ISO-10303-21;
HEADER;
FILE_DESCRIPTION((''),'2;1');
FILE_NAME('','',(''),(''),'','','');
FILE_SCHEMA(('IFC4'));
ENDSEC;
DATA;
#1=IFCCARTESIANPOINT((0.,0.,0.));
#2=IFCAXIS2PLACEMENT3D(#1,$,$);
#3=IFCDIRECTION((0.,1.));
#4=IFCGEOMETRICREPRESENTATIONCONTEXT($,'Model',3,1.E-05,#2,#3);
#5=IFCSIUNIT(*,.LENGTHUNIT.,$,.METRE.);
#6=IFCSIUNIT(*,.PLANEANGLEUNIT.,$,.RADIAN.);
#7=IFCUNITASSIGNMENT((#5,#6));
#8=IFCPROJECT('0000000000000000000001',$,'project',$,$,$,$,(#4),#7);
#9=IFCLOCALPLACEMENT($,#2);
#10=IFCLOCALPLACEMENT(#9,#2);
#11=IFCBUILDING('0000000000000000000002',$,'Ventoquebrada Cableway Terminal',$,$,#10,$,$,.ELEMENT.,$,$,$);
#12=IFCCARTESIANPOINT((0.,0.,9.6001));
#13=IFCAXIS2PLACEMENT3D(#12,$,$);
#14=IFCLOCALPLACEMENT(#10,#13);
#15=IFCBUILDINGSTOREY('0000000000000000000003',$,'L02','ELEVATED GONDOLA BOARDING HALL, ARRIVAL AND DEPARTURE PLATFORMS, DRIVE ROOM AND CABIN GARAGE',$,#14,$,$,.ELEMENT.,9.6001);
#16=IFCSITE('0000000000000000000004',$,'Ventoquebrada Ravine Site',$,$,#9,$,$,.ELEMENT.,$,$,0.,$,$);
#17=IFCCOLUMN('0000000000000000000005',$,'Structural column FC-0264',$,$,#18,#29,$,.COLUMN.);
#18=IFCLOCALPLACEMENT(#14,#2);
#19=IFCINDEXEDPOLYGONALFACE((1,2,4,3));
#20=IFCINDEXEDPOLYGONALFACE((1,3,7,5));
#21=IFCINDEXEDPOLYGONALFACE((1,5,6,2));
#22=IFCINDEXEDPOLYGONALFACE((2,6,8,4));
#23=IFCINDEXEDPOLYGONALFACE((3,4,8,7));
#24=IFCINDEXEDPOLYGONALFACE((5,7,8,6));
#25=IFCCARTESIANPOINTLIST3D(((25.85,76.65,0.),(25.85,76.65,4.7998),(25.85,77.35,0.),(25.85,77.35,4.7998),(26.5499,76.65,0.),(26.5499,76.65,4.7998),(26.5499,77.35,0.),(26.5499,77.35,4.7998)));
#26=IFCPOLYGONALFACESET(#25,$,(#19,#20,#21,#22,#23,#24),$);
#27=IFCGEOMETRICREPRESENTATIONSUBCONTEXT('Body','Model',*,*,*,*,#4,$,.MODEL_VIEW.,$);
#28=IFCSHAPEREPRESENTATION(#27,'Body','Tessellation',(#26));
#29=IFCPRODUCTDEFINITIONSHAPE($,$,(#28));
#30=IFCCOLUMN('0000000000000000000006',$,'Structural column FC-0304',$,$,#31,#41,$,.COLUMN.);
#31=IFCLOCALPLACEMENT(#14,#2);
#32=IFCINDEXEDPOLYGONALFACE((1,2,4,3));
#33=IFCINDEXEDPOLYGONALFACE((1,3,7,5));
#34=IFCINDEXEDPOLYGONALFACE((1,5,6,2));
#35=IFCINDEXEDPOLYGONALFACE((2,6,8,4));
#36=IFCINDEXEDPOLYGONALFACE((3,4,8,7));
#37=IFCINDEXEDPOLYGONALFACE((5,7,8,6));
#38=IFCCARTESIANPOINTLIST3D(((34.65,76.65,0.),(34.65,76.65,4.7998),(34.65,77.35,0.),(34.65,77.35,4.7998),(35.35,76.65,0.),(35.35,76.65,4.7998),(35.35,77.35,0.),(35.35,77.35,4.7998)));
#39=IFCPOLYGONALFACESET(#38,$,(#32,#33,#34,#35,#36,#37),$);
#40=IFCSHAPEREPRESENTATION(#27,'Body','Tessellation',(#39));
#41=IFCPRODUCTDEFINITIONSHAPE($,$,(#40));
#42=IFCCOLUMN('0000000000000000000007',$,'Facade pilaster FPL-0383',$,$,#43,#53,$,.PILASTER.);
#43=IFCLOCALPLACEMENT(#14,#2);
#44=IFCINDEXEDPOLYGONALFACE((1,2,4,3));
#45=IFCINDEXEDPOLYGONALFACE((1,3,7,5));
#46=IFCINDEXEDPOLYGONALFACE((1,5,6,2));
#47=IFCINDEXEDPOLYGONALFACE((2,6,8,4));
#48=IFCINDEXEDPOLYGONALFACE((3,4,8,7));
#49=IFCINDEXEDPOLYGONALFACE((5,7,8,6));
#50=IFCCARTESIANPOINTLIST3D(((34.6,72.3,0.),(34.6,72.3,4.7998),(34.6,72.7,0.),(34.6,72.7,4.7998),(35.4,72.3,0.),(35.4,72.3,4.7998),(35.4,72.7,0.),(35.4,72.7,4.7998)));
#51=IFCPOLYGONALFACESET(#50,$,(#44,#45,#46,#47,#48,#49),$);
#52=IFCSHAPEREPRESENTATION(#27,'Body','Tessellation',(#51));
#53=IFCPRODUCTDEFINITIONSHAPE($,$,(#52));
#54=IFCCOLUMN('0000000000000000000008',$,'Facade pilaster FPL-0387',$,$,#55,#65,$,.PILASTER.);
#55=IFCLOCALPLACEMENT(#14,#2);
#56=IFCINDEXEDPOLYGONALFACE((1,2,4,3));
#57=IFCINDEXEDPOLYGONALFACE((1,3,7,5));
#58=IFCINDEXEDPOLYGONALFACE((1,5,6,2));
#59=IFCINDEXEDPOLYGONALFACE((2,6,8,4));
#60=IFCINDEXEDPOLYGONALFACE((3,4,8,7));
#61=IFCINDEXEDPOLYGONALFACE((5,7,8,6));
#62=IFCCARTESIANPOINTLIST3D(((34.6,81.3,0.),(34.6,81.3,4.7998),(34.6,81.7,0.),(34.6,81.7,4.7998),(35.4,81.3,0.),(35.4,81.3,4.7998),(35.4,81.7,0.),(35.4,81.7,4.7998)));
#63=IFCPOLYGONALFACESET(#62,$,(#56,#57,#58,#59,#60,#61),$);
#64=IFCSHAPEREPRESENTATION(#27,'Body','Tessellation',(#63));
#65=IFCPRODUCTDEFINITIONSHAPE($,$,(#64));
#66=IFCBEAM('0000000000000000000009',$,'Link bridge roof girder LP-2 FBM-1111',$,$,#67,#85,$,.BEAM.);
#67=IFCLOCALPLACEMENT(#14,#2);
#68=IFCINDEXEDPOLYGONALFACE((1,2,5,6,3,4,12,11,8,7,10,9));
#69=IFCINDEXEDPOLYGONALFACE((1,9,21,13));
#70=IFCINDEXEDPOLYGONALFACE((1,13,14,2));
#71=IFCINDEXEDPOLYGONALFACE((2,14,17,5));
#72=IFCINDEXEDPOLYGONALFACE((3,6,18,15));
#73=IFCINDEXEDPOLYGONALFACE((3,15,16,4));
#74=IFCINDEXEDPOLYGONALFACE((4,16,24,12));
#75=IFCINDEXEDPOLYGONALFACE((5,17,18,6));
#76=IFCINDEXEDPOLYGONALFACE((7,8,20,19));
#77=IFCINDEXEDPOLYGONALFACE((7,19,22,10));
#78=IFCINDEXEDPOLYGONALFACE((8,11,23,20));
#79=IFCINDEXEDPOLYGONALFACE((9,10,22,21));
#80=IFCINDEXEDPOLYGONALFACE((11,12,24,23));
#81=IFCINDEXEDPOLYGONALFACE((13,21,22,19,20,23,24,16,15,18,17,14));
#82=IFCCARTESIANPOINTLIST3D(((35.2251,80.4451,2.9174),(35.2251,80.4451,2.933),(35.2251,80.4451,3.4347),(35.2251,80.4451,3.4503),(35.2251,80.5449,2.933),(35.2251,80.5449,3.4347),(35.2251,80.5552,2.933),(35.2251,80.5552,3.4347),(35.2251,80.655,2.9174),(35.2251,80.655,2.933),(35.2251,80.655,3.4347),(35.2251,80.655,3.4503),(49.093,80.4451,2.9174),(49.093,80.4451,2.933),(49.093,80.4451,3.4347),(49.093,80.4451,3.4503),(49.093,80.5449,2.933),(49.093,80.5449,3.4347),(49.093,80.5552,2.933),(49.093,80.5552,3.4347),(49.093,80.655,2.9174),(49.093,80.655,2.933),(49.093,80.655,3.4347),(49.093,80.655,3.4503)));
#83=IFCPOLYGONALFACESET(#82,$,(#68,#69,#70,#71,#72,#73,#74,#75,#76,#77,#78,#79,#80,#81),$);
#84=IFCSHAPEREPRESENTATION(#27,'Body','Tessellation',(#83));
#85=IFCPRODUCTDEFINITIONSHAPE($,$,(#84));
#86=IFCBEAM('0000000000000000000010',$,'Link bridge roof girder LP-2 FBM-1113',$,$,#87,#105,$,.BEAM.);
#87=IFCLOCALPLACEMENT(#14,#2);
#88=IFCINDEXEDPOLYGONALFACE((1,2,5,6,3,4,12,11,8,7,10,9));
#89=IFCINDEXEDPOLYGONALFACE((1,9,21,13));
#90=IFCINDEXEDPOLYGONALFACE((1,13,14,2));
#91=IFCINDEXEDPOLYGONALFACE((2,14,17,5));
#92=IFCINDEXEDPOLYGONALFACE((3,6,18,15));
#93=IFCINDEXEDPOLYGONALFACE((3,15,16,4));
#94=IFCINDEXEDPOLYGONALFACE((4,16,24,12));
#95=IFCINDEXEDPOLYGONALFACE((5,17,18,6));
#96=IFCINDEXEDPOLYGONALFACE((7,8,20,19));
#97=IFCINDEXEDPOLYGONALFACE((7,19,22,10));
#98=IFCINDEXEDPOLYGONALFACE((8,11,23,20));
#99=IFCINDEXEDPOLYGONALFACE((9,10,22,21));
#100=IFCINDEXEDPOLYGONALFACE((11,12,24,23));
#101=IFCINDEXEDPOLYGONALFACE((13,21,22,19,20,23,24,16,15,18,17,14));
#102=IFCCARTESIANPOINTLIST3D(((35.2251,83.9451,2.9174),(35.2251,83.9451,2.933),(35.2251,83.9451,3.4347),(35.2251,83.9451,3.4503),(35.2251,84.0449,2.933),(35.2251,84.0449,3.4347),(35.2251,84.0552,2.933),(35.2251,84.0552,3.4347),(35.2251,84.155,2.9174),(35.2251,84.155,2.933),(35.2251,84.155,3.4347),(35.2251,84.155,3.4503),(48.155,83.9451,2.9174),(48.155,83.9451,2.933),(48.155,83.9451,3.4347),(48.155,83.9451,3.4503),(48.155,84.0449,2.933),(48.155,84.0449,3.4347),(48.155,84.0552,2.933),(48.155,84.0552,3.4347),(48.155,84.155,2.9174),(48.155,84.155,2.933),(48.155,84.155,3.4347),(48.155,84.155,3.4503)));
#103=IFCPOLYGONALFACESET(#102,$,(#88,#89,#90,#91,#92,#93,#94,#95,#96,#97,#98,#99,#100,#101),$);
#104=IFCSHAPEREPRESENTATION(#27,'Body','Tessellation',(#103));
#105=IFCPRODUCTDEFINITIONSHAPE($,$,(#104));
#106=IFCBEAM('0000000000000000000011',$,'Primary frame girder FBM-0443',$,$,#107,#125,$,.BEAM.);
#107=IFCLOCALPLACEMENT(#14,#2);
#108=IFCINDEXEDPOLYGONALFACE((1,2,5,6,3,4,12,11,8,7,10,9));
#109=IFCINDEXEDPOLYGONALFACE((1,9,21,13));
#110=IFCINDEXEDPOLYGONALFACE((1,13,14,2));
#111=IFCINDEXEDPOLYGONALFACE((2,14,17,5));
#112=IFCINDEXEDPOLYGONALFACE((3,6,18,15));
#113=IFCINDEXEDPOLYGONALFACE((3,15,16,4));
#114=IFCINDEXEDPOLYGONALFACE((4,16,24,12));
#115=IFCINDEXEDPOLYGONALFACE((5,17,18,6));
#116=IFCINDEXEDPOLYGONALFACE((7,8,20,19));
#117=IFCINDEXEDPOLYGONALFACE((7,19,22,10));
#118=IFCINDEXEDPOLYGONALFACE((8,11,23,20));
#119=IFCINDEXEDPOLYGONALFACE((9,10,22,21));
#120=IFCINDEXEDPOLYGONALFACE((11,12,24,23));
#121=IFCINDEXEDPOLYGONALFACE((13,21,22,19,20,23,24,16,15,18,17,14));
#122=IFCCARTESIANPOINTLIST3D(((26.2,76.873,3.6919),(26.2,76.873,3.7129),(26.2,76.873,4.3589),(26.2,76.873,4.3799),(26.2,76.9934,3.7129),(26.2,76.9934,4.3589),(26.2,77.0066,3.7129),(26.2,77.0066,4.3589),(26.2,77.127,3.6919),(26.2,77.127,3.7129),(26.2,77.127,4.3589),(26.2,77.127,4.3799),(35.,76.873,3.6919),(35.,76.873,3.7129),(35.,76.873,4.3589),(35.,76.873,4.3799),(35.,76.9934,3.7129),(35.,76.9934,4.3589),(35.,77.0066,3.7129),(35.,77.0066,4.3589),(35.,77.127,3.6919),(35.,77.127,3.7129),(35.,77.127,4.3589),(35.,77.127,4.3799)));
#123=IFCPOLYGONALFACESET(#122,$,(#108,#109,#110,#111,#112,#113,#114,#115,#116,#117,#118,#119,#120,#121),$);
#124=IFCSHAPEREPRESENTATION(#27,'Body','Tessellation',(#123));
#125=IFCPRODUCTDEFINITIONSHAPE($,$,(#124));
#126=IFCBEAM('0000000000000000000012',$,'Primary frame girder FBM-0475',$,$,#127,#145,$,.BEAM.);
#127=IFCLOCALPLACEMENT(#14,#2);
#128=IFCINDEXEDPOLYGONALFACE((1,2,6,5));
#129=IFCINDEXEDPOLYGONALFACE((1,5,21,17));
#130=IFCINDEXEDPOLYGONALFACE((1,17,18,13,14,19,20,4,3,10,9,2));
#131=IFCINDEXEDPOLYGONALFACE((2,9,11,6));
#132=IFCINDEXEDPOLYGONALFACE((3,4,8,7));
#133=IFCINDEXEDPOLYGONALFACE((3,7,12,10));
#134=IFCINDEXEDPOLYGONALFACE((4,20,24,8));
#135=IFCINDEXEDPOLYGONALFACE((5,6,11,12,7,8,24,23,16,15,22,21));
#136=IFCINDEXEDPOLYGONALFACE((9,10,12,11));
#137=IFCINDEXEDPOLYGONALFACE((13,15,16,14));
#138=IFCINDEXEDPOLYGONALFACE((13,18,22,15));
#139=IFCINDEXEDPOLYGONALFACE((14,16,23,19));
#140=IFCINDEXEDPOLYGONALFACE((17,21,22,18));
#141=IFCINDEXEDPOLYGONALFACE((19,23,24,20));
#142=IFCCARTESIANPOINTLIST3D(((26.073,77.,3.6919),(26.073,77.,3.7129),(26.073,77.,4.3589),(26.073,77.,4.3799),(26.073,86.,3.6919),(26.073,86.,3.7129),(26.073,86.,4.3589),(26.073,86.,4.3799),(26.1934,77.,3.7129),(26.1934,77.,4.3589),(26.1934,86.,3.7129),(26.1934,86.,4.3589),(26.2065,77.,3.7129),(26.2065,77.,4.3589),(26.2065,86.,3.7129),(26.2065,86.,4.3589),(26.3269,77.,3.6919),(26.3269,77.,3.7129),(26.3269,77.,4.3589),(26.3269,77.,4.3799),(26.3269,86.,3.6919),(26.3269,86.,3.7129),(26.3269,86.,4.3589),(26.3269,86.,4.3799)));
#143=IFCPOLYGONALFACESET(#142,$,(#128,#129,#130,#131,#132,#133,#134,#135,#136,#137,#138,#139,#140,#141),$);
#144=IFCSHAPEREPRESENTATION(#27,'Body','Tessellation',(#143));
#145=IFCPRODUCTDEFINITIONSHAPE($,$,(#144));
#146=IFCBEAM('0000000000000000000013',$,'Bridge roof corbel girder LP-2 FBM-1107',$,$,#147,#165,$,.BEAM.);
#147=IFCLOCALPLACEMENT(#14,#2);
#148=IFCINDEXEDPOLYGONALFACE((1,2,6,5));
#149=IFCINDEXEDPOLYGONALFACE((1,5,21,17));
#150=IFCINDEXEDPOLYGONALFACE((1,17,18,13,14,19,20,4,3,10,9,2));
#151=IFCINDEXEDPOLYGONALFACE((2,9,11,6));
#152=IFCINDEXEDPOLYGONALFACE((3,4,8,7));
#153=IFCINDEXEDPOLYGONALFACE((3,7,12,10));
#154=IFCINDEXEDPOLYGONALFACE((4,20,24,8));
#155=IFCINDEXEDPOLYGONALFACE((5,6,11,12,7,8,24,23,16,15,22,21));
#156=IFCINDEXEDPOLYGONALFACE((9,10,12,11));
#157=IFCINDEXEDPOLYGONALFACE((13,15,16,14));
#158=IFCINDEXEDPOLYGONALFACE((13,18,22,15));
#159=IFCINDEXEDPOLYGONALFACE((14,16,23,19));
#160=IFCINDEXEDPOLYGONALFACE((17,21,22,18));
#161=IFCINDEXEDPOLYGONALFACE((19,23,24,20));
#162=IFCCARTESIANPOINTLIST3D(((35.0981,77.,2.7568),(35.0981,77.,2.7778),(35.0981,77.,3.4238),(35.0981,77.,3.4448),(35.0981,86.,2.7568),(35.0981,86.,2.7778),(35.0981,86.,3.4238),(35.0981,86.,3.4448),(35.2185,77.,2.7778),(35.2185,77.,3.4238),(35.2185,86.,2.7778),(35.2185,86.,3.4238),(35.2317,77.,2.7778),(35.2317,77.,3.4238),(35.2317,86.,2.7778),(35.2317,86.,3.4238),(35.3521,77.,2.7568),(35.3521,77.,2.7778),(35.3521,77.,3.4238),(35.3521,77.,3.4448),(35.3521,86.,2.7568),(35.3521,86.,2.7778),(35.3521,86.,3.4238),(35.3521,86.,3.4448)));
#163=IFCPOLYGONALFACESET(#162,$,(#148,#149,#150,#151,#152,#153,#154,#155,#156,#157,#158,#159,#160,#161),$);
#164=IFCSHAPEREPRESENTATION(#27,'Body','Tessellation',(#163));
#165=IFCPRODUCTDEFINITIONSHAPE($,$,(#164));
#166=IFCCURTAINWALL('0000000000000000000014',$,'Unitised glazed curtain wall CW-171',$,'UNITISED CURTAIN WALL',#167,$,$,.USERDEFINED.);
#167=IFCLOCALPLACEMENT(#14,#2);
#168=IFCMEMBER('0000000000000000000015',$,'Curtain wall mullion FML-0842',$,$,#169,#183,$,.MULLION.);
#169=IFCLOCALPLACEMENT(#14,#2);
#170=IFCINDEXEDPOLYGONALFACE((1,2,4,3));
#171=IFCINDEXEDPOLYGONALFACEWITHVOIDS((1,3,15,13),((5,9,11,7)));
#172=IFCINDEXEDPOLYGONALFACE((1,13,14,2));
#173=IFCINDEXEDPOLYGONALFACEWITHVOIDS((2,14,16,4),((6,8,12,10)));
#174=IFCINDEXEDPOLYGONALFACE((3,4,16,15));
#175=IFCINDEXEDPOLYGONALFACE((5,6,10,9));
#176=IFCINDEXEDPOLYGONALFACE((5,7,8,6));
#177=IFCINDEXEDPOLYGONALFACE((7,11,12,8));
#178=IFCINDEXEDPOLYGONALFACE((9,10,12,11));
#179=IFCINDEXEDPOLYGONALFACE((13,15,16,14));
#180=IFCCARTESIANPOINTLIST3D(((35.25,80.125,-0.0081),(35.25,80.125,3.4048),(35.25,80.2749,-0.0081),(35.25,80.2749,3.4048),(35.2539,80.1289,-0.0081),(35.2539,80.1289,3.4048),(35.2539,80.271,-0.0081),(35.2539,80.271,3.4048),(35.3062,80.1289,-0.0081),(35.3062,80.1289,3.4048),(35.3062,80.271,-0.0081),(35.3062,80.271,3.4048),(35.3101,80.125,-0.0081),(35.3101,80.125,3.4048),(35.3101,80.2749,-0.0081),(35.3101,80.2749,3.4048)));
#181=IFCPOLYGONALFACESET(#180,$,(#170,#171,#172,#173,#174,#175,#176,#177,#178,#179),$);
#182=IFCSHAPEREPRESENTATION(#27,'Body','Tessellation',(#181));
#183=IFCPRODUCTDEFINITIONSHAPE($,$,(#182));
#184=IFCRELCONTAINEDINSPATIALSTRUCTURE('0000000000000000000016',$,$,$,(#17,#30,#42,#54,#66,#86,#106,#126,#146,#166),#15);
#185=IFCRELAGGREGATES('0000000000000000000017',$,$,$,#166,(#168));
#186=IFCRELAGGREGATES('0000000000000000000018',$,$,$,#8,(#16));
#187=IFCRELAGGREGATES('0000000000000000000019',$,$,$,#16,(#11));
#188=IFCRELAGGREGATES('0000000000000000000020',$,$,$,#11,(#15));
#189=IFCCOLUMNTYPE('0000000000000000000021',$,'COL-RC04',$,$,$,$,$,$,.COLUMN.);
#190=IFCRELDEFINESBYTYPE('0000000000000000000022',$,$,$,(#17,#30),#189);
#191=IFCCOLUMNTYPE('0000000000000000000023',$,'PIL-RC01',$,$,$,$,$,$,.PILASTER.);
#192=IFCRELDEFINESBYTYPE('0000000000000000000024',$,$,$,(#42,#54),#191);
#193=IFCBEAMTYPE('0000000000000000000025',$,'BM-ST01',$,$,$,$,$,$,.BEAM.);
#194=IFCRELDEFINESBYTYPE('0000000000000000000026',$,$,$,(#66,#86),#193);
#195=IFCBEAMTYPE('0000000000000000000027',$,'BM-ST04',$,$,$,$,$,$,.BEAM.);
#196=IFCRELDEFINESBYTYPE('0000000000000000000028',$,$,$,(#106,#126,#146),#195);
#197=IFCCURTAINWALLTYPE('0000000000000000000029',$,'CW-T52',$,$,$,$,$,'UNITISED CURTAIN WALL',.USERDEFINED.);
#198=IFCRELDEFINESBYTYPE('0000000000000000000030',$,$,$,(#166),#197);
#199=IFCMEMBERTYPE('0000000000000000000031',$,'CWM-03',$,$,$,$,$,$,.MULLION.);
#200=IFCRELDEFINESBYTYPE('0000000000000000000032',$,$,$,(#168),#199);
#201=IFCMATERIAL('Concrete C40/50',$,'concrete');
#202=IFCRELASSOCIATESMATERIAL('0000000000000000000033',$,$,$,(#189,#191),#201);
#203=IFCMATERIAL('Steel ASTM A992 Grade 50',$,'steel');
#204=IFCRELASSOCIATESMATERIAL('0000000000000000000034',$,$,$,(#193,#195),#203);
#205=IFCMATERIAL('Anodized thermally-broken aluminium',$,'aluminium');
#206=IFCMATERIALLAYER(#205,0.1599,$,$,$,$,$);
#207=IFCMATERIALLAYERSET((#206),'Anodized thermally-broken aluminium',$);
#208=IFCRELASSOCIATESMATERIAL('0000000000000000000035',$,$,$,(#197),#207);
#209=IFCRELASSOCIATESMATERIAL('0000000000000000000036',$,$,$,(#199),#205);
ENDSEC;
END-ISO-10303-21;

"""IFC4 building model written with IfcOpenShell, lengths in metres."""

from ifc_helpers import new_model, si_unit, direction, frame, origin, origin_2d, place, context, subcontext, project, spatial, rectangle, hollow_rectangle, i_section, extrude, material, layer, layer_set, material_profile, profile_set, type_object, element, aggregate, save


model = new_model("IFC4")

# Units and contexts
model_context = context("Model", 3, precision=1e-05, world=origin(), true_north=direction((0.0, 1.0)))
body_context = subcontext(model_context, "Body", "Model", "MODEL_VIEW")
ifc_project = project(units=[si_unit("LENGTHUNIT", "METRE"), si_unit("PLANEANGLEUNIT", "RADIAN")], contexts=[model_context])

# Site, building, storey
site_placement = place(None, origin())
site = spatial("IfcSite", under=ifc_project, at=site_placement, Name="Ventoquebrada Ravine Site", CompositionType="ELEMENT", RefElevation=0.0)
building_placement = place(site_placement, origin())
building = spatial("IfcBuilding", under=site, at=building_placement, Name="Ventoquebrada Cableway Terminal", CompositionType="ELEMENT")
storey_placement = place(building_placement, frame((0.0, 0.0, 9.6001)))
storey = spatial("IfcBuildingStorey", under=building, at=storey_placement, Name="L02", Description="ELEVATED GONDOLA BOARDING HALL, ARRIVAL AND DEPARTURE PLATFORMS, DRIVE ROOM AND CABIN GARAGE", CompositionType="ELEMENT", Elevation=9.6001)

# Columns
ifc_material_1 = material(Name="Concrete C40/50", Category="concrete")
ifc_material_profile_1 = material_profile(ifc_material_1, rectangle(XDim=0.7, YDim=0.7, at=origin_2d()), Name="RC-COL-700X700")
ifc_profile_set_1 = profile_set([ifc_material_profile_1], Name="Concrete C40/50")
column_type_1 = type_object("IfcColumnType", Name="COL-RC04", PredefinedType="COLUMN", material=ifc_profile_set_1)
for number, where, z_axis, x_axis, name in (
    (1, (26.2, 77.0, 0.0), (0.0, 0.0, 1.0), (1.0, 0.0, 0.0), "Structural column FC-0264"),
    (2, (35.0, 77.0, 0.0), (0.0, 0.0, 1.0), (1.0, 0.0, 0.0), "Structural column FC-0304"),
):
    element("IfcColumn", number, at=place(storey_placement, frame(where, z_axis=z_axis, x_axis=x_axis)), inside=storey, type_object=column_type_1, Name=name, PredefinedType="COLUMN", context=body_context, shape_type="SweptSolid", body=[
        extrude(rectangle(XDim=0.7, YDim=0.7, at=origin_2d()), origin(), (0.0, 0.0, 1.0), 4.7998),
    ])
ifc_material_profile_2 = material_profile(ifc_material_1, rectangle(XDim=0.3999, YDim=0.8, at=origin_2d()), Name="RC-PIL-400X800")
ifc_profile_set_2 = profile_set([ifc_material_profile_2], Name="Concrete C40/50")
column_type_2 = type_object("IfcColumnType", Name="PIL-RC01", PredefinedType="PILASTER", material=ifc_profile_set_2)
for number, where, z_axis, x_axis, name in (
    (3, (35.0, 72.5, 0.0), (0.0, 0.0, 1.0), (0.0, 1.0, 0.0), "Facade pilaster FPL-0383"),
    (4, (35.0, 81.5, 0.0), (0.0, 0.0, 1.0), (0.0, 1.0, 0.0), "Facade pilaster FPL-0387"),
):
    element("IfcColumn", number, at=place(storey_placement, frame(where, z_axis=z_axis, x_axis=x_axis)), inside=storey, type_object=column_type_2, Name=name, PredefinedType="PILASTER", context=body_context, shape_type="SweptSolid", body=[
        extrude(rectangle(XDim=0.3999, YDim=0.8, at=origin_2d()), origin(), (0.0, 0.0, 1.0), 4.7998),
    ])

# Beams
ifc_material_2 = material(Name="Steel ASTM A992 Grade 50", Category="steel")
ifc_material_profile_3 = material_profile(ifc_material_2, i_section(OverallWidth=0.21, OverallDepth=0.533, WebThickness=0.0103, FlangeThickness=0.0156, at=origin_2d()), Name="W21X62")
ifc_profile_set_3 = profile_set([ifc_material_profile_3], Name="Steel ASTM A992 Grade 50")
beam_type_1 = type_object("IfcBeamType", Name="BM-ST01", PredefinedType="BEAM", material=ifc_profile_set_3)
beam_1_placement = place(storey_placement, frame((35.2251, 80.55, 3.1838), z_axis=(1.0, 0.0, 0.0), x_axis=(0.0, 1.0, 0.0)))
element("IfcBeam", 5, at=beam_1_placement, inside=storey, type_object=beam_type_1, Name="Link bridge roof girder LP-2 FBM-1111", PredefinedType="BEAM", context=body_context, shape_type="SweptSolid", body=[
    extrude(i_section(OverallWidth=0.21, OverallDepth=0.533, WebThickness=0.0103, FlangeThickness=0.0156, at=origin_2d()), origin(), (0.0, 0.0, 1.0), 13.8679),
])
beam_2_placement = place(storey_placement, frame((35.2251, 84.05, 3.1838), z_axis=(1.0, 0.0, 0.0), x_axis=(0.0, 1.0, 0.0)))
element("IfcBeam", 6, at=beam_2_placement, inside=storey, type_object=beam_type_1, Name="Link bridge roof girder LP-2 FBM-1113", PredefinedType="BEAM", context=body_context, shape_type="SweptSolid", body=[
    extrude(i_section(OverallWidth=0.21, OverallDepth=0.533, WebThickness=0.0103, FlangeThickness=0.0156, at=origin_2d()), origin(), (0.0, 0.0, 1.0), 12.9299),
])
ifc_material_profile_4 = material_profile(ifc_material_2, i_section(OverallWidth=0.2539, OverallDepth=0.688, WebThickness=0.0132, FlangeThickness=0.021, at=origin_2d()), Name="W27X102")
ifc_profile_set_4 = profile_set([ifc_material_profile_4], Name="Steel ASTM A992 Grade 50")
beam_type_2 = type_object("IfcBeamType", Name="BM-ST04", PredefinedType="BEAM", material=ifc_profile_set_4)
beam_3_placement = place(storey_placement, frame((26.2, 77.0, 4.0359), z_axis=(1.0, 0.0, 0.0), x_axis=(0.0, 1.0, 0.0)))
element("IfcBeam", 7, at=beam_3_placement, inside=storey, type_object=beam_type_2, Name="Primary frame girder FBM-0443", PredefinedType="BEAM", context=body_context, shape_type="SweptSolid", body=[
    extrude(i_section(OverallWidth=0.2539, OverallDepth=0.688, WebThickness=0.0132, FlangeThickness=0.021, at=origin_2d()), origin(), (0.0, 0.0, 1.0), 8.8),
])
for number, where, z_axis, x_axis, name in (
    (8, (26.2, 77.0, 4.0359), (0.0, 1.0, 0.0), (-1.0, 0.0, 0.0), "Primary frame girder FBM-0475"),
    (9, (35.2251, 77.0, 3.1008), (0.0, 1.0, 0.0), (-1.0, 0.0, 0.0), "Bridge roof corbel girder LP-2 FBM-1107"),
):
    element("IfcBeam", number, at=place(storey_placement, frame(where, z_axis=z_axis, x_axis=x_axis)), inside=storey, type_object=beam_type_2, Name=name, PredefinedType="BEAM", context=body_context, shape_type="SweptSolid", body=[
        extrude(i_section(OverallWidth=0.2539, OverallDepth=0.688, WebThickness=0.0132, FlangeThickness=0.021, at=origin_2d()), origin(), (0.0, 0.0, 1.0), 9.0),
    ])

# Curtain wall, member
ifc_material_3 = material(Name="Anodized thermally-broken aluminium", Category="aluminium")
ifc_layer_1 = layer(ifc_material_3, 0.1599)
ifc_layer_set_1 = layer_set([ifc_layer_1], Name="Anodized thermally-broken aluminium")
curtain_wall_type_1 = type_object("IfcCurtainWallType", Name="CW-T52", ElementType="UNITISED CURTAIN WALL", PredefinedType="USERDEFINED", material=ifc_layer_set_1)
curtain_wall_1_placement = place(storey_placement, origin())
curtain_wall_1 = element("IfcCurtainWall", 10, at=curtain_wall_1_placement, inside=storey, type_object=curtain_wall_type_1, Name="Unitised glazed curtain wall CW-171", ObjectType="UNITISED CURTAIN WALL", PredefinedType="USERDEFINED")
ifc_material_profile_5 = material_profile(ifc_material_3, hollow_rectangle(XDim=0.0601, YDim=0.1499, WallThickness=0.0039, at=origin_2d()), Name="CW-MUL-60X150")
ifc_profile_set_5 = profile_set([ifc_material_profile_5], Name="Anodized thermally-broken aluminium")
member_type_1 = type_object("IfcMemberType", Name="CWM-03", PredefinedType="MULLION", material=ifc_profile_set_5)
member_1_placement = place(storey_placement, frame((35.28, 80.2, -0.0081), z_axis=(0.0, 0.0, 1.0), x_axis=(1.0, 0.0, 0.0)))
member_1 = element("IfcMember", 11, at=member_1_placement, type_object=member_type_1, Name="Curtain wall mullion FML-0842", PredefinedType="MULLION", context=body_context, shape_type="SweptSolid", body=[
    extrude(hollow_rectangle(XDim=0.0601, YDim=0.1499, WallThickness=0.0039, at=origin_2d()), origin(), (0.0, 0.0, 1.0), 3.4128),
])

aggregate(curtain_wall_1, [member_1])

save(model, "model.ifc")
